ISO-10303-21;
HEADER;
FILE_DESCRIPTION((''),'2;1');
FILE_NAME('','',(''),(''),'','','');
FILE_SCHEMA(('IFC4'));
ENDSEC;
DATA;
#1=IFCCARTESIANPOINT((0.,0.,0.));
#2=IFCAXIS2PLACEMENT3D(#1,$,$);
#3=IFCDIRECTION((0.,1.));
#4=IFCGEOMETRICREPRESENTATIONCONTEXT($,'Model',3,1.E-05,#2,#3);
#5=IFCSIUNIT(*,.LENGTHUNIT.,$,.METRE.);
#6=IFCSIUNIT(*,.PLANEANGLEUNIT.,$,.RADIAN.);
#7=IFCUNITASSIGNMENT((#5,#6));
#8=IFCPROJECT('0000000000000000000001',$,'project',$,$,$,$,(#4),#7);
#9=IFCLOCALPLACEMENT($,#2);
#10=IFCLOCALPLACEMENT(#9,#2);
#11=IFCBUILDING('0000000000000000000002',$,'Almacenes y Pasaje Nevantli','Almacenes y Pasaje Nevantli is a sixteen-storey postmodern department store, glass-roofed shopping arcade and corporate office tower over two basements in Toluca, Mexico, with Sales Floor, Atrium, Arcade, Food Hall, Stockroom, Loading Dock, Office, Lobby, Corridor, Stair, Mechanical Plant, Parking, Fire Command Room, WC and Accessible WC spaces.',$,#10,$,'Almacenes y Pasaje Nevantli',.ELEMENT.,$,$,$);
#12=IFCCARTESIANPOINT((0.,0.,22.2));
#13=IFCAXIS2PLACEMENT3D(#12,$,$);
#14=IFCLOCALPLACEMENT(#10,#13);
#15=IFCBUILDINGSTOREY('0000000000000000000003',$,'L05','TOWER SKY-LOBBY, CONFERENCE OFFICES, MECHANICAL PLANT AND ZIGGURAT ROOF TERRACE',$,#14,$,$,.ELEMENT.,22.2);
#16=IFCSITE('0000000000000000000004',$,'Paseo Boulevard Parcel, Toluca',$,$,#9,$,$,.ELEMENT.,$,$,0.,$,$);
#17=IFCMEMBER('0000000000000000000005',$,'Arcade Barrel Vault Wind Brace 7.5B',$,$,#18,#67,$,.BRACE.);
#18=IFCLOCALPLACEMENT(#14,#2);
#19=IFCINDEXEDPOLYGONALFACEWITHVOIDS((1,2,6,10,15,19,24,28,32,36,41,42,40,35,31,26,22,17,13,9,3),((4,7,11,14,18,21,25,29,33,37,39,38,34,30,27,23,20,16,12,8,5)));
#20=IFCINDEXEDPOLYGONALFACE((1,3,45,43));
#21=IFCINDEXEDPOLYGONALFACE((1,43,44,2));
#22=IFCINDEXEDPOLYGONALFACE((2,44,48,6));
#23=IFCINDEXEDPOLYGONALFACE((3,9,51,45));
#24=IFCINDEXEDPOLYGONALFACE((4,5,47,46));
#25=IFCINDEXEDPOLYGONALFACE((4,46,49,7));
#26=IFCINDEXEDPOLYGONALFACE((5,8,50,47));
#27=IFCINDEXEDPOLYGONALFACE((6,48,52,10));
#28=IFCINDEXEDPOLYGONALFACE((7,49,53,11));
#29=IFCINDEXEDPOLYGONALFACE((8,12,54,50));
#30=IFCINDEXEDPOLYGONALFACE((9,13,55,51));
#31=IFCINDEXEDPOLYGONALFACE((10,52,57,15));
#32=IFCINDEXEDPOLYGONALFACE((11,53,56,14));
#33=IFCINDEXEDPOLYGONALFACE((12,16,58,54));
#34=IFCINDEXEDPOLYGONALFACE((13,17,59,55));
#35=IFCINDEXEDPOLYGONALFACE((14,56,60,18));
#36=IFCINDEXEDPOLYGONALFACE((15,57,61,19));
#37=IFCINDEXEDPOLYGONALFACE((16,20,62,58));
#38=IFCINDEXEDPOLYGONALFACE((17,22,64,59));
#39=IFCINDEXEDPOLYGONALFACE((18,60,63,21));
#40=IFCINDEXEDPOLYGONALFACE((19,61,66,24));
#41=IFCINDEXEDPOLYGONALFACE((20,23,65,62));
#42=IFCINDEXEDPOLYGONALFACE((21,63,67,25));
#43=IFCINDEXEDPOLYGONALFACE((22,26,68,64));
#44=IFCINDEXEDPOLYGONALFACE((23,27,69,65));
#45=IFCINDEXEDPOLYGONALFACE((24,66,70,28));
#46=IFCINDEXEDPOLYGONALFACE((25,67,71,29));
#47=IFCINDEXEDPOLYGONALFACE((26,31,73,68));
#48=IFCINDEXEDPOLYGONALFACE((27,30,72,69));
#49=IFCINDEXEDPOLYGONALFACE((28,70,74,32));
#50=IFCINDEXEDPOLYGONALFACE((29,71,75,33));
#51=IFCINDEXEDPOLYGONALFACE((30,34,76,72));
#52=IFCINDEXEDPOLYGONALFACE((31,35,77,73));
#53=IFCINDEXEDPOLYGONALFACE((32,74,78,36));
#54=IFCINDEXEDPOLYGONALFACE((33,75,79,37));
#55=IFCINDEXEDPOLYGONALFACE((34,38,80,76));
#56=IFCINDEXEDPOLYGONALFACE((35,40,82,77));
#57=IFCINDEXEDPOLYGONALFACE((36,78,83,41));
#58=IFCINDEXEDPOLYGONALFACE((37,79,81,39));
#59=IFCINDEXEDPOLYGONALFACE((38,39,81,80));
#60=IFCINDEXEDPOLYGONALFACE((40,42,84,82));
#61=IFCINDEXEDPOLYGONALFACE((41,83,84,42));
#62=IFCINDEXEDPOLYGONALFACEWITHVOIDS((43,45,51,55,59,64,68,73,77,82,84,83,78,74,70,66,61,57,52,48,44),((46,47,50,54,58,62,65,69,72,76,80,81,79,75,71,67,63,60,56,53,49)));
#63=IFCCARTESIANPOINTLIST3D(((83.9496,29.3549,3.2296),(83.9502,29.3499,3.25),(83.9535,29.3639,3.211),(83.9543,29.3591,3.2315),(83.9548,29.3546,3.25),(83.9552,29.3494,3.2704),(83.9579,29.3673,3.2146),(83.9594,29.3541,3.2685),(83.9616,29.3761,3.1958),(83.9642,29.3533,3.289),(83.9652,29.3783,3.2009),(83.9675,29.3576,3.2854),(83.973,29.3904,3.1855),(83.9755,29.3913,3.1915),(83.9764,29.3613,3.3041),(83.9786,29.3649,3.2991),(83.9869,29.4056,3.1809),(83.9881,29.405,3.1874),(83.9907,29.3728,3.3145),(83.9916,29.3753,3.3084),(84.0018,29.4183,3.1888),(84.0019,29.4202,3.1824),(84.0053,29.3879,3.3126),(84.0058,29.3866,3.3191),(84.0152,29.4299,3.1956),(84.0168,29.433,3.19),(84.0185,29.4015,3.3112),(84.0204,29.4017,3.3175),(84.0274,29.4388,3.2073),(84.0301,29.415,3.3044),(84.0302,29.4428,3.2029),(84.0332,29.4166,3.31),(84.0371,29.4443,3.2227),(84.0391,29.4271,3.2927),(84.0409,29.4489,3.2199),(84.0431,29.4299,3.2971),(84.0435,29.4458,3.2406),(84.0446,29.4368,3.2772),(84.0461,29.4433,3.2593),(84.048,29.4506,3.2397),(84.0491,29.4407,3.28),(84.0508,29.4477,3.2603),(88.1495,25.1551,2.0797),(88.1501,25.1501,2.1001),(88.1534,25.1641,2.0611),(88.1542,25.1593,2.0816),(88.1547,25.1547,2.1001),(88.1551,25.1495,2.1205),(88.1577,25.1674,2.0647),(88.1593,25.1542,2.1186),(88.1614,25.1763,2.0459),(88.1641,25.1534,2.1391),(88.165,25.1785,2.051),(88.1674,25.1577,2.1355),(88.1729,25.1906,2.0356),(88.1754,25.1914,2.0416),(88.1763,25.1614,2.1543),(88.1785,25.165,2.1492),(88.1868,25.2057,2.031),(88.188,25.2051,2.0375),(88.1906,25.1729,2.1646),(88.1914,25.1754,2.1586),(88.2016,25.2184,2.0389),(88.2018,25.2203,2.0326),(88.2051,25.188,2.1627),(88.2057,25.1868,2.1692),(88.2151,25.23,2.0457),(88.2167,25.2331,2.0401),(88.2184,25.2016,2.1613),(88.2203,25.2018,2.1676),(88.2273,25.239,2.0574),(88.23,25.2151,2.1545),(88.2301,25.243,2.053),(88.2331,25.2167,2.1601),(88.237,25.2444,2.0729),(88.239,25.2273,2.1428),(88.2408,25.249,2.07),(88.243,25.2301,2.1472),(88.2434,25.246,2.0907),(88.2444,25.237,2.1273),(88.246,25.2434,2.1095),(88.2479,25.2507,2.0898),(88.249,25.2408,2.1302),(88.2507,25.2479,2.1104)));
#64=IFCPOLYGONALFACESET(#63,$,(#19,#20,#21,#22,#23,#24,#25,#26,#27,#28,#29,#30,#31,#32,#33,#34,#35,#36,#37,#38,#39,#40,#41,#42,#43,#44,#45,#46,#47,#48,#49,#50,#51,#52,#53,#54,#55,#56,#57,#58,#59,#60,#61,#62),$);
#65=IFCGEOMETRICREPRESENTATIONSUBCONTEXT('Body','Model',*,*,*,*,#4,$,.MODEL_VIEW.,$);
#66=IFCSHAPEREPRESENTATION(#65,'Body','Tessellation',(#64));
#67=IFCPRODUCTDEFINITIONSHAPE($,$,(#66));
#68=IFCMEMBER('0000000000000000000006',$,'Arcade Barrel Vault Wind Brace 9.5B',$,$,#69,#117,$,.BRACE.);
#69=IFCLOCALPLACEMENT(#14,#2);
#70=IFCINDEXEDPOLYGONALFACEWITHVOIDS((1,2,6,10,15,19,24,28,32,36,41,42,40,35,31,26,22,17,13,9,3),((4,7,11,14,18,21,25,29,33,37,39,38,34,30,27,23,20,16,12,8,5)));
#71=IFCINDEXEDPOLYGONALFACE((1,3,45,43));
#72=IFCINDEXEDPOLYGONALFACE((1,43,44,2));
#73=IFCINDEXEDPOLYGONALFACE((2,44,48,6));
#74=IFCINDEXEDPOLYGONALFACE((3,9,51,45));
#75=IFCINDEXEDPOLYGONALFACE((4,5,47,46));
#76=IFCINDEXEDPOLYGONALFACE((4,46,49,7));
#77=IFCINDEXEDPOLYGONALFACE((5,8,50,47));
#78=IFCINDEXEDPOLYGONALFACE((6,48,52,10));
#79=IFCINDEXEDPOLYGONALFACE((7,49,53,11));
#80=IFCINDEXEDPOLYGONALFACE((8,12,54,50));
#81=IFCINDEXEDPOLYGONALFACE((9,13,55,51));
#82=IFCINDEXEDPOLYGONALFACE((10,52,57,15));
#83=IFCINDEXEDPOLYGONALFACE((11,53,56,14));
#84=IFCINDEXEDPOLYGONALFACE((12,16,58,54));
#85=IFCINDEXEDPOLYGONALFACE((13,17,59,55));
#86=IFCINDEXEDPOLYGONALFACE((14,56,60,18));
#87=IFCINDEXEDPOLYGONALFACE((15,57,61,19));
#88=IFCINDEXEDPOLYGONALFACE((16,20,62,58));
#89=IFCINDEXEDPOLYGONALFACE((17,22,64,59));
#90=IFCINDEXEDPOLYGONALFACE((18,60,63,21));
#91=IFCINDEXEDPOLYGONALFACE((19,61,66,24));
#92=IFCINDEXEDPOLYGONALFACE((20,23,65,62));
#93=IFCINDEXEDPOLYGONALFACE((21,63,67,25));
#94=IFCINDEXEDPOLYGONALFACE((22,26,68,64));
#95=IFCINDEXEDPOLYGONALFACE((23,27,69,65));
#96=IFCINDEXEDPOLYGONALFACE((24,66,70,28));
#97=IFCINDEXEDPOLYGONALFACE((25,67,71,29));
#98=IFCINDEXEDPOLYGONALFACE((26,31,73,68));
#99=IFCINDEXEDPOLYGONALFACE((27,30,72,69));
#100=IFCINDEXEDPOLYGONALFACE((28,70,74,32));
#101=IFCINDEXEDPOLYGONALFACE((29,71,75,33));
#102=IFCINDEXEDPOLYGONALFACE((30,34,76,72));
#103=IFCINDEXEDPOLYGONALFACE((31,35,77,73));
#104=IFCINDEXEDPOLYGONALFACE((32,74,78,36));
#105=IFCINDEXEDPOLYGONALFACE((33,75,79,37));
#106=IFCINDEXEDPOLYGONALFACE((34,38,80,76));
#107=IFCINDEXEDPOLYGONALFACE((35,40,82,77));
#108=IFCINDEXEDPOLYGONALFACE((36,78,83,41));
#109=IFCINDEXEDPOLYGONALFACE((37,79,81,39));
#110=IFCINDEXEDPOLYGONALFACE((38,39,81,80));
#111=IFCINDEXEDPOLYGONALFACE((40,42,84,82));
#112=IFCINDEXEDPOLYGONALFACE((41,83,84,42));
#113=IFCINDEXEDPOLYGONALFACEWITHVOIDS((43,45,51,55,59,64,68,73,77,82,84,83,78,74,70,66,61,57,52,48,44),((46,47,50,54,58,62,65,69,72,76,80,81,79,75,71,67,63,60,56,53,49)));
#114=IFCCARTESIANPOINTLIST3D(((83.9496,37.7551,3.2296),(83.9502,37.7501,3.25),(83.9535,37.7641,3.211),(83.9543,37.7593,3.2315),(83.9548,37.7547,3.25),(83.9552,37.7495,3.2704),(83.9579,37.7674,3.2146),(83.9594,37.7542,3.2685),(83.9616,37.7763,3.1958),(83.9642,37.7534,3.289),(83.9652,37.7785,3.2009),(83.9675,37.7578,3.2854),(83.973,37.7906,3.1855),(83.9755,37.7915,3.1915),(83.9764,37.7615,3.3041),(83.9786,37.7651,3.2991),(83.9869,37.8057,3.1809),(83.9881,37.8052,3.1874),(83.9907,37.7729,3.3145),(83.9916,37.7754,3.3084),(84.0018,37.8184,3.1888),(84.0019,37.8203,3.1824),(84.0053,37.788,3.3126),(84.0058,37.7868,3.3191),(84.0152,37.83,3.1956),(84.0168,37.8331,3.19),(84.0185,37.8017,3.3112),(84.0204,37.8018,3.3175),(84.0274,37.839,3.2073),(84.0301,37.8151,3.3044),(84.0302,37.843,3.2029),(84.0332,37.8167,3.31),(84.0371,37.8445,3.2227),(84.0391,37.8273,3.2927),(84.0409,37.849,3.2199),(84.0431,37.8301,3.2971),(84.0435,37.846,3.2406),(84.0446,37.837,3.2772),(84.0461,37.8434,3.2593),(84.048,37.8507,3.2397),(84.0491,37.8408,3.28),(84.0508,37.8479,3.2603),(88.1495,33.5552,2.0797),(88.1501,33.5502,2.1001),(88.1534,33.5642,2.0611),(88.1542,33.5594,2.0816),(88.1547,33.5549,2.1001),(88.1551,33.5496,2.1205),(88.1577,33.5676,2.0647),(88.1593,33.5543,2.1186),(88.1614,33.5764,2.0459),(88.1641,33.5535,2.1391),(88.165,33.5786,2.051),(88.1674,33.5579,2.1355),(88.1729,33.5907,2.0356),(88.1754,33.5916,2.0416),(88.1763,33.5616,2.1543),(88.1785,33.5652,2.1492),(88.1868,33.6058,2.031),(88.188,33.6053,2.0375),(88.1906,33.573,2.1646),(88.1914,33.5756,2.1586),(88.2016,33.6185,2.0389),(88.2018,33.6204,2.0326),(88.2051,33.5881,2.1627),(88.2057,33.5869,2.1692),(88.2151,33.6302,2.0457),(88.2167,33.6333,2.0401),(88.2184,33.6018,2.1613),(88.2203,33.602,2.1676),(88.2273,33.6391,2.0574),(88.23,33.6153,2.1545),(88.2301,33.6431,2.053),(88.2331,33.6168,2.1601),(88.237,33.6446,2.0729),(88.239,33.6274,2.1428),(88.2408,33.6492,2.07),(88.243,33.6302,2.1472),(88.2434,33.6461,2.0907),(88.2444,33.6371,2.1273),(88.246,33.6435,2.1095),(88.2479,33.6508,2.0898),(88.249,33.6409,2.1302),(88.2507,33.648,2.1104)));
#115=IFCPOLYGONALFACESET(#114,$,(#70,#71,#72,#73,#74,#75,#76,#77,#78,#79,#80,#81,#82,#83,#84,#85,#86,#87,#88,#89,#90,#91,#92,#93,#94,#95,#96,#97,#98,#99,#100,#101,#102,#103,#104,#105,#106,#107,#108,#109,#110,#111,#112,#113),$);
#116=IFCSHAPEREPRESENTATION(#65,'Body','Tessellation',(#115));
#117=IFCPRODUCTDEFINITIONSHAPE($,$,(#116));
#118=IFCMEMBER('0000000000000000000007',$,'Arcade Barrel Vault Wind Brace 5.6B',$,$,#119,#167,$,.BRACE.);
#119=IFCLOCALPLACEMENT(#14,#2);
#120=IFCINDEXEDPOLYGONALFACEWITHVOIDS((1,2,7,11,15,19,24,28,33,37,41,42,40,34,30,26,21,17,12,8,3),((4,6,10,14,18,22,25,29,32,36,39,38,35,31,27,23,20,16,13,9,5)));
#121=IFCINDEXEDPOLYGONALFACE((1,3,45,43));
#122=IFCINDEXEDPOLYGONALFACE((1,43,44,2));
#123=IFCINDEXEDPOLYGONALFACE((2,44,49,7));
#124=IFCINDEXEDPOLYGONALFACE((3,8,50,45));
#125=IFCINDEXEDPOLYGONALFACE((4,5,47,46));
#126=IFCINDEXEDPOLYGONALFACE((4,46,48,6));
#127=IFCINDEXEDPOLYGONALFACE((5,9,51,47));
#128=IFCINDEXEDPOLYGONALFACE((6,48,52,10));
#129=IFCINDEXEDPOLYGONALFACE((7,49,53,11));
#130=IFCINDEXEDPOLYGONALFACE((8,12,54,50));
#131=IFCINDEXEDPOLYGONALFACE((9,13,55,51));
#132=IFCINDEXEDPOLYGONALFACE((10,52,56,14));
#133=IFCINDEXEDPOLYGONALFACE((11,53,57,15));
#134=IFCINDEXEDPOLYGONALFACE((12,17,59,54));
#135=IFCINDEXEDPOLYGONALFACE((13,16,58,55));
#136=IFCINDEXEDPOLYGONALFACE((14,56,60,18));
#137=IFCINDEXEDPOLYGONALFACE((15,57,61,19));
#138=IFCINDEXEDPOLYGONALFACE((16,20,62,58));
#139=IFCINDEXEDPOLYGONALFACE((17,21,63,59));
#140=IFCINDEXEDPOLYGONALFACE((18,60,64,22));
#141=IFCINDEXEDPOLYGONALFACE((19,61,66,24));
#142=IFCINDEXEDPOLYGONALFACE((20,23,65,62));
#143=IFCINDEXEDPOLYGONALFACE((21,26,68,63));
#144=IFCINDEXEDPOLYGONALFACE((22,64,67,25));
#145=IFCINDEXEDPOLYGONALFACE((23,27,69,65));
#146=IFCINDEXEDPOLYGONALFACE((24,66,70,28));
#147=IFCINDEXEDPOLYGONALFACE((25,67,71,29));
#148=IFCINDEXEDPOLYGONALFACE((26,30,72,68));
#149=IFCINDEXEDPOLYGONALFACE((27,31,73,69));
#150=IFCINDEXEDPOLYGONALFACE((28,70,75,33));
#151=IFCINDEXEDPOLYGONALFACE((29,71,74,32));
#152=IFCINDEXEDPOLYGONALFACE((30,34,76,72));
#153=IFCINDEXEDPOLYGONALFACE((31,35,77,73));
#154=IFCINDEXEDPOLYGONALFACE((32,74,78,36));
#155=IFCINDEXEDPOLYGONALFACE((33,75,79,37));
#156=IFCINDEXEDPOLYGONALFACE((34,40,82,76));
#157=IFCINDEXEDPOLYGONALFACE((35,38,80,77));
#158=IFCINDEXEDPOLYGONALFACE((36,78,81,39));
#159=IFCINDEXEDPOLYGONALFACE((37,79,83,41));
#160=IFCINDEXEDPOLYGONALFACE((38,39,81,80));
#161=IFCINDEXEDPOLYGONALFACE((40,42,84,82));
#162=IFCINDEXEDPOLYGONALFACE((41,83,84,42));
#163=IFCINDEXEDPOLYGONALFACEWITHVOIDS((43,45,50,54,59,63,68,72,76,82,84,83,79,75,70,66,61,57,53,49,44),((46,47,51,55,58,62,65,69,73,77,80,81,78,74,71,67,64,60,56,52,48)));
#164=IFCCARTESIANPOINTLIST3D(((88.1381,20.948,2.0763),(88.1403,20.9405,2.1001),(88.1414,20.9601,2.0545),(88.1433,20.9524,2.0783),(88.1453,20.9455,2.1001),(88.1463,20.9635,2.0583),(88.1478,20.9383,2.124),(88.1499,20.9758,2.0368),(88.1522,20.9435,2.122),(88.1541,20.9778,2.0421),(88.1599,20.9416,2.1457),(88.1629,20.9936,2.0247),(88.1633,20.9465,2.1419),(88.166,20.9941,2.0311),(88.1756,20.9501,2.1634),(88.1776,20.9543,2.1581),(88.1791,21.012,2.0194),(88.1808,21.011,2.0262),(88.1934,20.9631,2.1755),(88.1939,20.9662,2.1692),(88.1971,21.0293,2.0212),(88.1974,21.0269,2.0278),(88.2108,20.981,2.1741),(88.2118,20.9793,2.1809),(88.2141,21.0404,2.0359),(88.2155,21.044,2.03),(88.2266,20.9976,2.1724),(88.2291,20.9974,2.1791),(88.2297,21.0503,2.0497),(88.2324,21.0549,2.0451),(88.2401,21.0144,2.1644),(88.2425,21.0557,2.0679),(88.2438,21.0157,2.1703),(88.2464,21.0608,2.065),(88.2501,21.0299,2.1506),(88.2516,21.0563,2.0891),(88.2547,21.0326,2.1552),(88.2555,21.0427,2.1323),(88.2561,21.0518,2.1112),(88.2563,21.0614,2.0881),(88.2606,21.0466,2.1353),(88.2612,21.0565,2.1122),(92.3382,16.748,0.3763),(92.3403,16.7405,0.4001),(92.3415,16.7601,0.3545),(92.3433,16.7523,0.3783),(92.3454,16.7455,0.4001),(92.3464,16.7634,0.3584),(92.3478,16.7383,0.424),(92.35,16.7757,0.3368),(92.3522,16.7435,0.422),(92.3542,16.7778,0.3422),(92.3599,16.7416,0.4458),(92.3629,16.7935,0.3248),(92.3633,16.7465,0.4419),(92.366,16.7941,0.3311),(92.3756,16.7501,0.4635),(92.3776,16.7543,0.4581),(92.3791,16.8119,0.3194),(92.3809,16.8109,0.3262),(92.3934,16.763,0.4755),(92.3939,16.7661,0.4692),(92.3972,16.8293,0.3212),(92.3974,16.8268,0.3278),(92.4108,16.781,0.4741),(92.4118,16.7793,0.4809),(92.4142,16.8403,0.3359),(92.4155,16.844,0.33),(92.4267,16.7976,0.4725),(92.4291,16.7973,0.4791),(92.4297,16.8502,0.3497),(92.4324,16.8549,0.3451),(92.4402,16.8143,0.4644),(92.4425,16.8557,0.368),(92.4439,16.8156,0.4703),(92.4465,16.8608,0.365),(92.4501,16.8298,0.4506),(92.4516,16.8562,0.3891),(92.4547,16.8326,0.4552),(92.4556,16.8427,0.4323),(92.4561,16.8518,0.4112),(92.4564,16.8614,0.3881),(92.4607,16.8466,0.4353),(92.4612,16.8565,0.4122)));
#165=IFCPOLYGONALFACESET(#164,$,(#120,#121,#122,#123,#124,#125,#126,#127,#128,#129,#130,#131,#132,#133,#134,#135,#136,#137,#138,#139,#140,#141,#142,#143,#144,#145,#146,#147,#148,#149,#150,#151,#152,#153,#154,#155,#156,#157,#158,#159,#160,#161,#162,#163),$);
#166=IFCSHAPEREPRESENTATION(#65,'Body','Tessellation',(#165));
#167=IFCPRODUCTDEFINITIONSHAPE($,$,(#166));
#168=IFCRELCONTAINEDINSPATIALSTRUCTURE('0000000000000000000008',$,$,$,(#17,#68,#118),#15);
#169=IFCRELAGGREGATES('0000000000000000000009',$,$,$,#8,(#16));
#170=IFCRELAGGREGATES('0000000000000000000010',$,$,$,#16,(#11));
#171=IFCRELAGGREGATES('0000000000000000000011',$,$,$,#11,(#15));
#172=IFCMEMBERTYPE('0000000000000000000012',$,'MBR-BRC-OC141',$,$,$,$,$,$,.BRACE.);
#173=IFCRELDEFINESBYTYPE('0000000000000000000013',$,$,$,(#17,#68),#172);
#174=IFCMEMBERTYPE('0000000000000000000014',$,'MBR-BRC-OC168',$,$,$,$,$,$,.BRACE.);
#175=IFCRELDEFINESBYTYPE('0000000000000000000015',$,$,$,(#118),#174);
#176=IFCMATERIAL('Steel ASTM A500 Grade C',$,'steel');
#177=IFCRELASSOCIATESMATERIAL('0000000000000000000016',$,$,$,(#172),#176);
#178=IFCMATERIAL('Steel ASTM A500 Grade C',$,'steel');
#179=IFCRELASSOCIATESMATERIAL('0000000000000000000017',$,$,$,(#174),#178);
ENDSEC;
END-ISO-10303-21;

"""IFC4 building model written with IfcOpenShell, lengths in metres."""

from ifc_helpers import new_model, si_unit, direction, frame, origin, origin_2d, place, context, subcontext, project, spatial, hollow_circle, extrude, material, material_profile, profile_set, type_object, element, save


model = new_model("IFC4")

# Units and contexts
model_context = context("Model", 3, precision=1e-05, world=origin(), true_north=direction((0.0, 1.0)))
body_context = subcontext(model_context, "Body", "Model", "MODEL_VIEW")
ifc_project = project(units=[si_unit("LENGTHUNIT", "METRE"), si_unit("PLANEANGLEUNIT", "RADIAN")], contexts=[model_context])

# Site, building, storey
site_placement = place(None, origin())
site = spatial("IfcSite", under=ifc_project, at=site_placement, Name="Paseo Boulevard Parcel, Toluca", CompositionType="ELEMENT", RefElevation=0.0)
building_placement = place(site_placement, origin())
building = spatial("IfcBuilding", under=site, at=building_placement, Name="Almacenes y Pasaje Nevantli", Description="Almacenes y Pasaje Nevantli is a sixteen-storey postmodern department store, glass-roofed shopping arcade and corporate office tower over two basements in Toluca, Mexico, with Sales Floor, Atrium, Arcade, Food Hall, Stockroom, Loading Dock, Office, Lobby, Corridor, Stair, Mechanical Plant, Parking, Fire Command Room, WC and Accessible WC spaces.", LongName="Almacenes y Pasaje Nevantli", CompositionType="ELEMENT")
storey_placement = place(building_placement, frame((0.0, 0.0, 22.2)))
storey = spatial("IfcBuildingStorey", under=building, at=storey_placement, Name="L05", Description="TOWER SKY-LOBBY, CONFERENCE OFFICES, MECHANICAL PLANT AND ZIGGURAT ROOF TERRACE", CompositionType="ELEMENT", Elevation=22.2)

# Members
ifc_material_1 = material(Name="Steel ASTM A500 Grade C", Category="steel")
ifc_material_profile_1 = material_profile(ifc_material_1, hollow_circle(Radius=0.0706, WallThickness=0.0066, at=origin_2d()), Name="OC 141x6.6")
ifc_profile_set_1 = profile_set([ifc_material_profile_1], Name="Steel ASTM A500 Grade C")
member_type_1 = type_object("IfcMemberType", Name="MBR-BRC-OC141", PredefinedType="BRACE", material=ifc_profile_set_1)
for number, where, z_axis, x_axis, name in (
    (1, (88.2, 25.2, 2.1001), (-0.694217, 0.694217, 0.190069), (-0.707107, -0.707107, 0.0), "Arcade Barrel Vault Wind Brace 7.5B"),
    (2, (88.2, 33.6001, 2.1001), (-0.694217, 0.694217, 0.190069), (-0.707107, -0.707107, 0.0), "Arcade Barrel Vault Wind Brace 9.5B"),
):
    element("IfcMember", number, at=place(storey_placement, frame(where, z_axis=z_axis, x_axis=x_axis)), inside=storey, type_object=member_type_1, Name=name, PredefinedType="BRACE", context=body_context, shape_type="SweptSolid", body=[
        extrude(hollow_circle(Radius=0.0706, WallThickness=0.0066, at=origin_2d()), origin(), (0.0, 0.0, 1.0), 6.0498),
    ])
ifc_material_2 = material(Name="Steel ASTM A500 Grade C", Category="steel")
ifc_material_profile_2 = material_profile(ifc_material_2, hollow_circle(Radius=0.0842, WallThickness=0.0071, at=origin_2d()), Name="OC 168x7.1")
ifc_profile_set_2 = profile_set([ifc_material_profile_2], Name="Steel ASTM A500 Grade C")
member_type_2 = type_object("IfcMemberType", Name="MBR-BRC-OC168", PredefinedType="BRACE", material=ifc_profile_set_2)
for number, where, z_axis, x_axis, name in (
    (3, (92.3999, 16.8, 0.4001), (-0.679812, 0.679812, 0.275157), (-0.707107, -0.707107, 0.0), "Arcade Barrel Vault Wind Brace 5.6B"),
):
    element("IfcMember", number, at=place(storey_placement, frame(where, z_axis=z_axis, x_axis=x_axis)), inside=storey, type_object=member_type_2, Name=name, PredefinedType="BRACE", context=body_context, shape_type="SweptSolid", body=[
        extrude(hollow_circle(Radius=0.0842, WallThickness=0.0071, at=origin_2d()), origin(), (0.0, 0.0, 1.0), 6.1782),
    ])

save(model, "model.ifc")
